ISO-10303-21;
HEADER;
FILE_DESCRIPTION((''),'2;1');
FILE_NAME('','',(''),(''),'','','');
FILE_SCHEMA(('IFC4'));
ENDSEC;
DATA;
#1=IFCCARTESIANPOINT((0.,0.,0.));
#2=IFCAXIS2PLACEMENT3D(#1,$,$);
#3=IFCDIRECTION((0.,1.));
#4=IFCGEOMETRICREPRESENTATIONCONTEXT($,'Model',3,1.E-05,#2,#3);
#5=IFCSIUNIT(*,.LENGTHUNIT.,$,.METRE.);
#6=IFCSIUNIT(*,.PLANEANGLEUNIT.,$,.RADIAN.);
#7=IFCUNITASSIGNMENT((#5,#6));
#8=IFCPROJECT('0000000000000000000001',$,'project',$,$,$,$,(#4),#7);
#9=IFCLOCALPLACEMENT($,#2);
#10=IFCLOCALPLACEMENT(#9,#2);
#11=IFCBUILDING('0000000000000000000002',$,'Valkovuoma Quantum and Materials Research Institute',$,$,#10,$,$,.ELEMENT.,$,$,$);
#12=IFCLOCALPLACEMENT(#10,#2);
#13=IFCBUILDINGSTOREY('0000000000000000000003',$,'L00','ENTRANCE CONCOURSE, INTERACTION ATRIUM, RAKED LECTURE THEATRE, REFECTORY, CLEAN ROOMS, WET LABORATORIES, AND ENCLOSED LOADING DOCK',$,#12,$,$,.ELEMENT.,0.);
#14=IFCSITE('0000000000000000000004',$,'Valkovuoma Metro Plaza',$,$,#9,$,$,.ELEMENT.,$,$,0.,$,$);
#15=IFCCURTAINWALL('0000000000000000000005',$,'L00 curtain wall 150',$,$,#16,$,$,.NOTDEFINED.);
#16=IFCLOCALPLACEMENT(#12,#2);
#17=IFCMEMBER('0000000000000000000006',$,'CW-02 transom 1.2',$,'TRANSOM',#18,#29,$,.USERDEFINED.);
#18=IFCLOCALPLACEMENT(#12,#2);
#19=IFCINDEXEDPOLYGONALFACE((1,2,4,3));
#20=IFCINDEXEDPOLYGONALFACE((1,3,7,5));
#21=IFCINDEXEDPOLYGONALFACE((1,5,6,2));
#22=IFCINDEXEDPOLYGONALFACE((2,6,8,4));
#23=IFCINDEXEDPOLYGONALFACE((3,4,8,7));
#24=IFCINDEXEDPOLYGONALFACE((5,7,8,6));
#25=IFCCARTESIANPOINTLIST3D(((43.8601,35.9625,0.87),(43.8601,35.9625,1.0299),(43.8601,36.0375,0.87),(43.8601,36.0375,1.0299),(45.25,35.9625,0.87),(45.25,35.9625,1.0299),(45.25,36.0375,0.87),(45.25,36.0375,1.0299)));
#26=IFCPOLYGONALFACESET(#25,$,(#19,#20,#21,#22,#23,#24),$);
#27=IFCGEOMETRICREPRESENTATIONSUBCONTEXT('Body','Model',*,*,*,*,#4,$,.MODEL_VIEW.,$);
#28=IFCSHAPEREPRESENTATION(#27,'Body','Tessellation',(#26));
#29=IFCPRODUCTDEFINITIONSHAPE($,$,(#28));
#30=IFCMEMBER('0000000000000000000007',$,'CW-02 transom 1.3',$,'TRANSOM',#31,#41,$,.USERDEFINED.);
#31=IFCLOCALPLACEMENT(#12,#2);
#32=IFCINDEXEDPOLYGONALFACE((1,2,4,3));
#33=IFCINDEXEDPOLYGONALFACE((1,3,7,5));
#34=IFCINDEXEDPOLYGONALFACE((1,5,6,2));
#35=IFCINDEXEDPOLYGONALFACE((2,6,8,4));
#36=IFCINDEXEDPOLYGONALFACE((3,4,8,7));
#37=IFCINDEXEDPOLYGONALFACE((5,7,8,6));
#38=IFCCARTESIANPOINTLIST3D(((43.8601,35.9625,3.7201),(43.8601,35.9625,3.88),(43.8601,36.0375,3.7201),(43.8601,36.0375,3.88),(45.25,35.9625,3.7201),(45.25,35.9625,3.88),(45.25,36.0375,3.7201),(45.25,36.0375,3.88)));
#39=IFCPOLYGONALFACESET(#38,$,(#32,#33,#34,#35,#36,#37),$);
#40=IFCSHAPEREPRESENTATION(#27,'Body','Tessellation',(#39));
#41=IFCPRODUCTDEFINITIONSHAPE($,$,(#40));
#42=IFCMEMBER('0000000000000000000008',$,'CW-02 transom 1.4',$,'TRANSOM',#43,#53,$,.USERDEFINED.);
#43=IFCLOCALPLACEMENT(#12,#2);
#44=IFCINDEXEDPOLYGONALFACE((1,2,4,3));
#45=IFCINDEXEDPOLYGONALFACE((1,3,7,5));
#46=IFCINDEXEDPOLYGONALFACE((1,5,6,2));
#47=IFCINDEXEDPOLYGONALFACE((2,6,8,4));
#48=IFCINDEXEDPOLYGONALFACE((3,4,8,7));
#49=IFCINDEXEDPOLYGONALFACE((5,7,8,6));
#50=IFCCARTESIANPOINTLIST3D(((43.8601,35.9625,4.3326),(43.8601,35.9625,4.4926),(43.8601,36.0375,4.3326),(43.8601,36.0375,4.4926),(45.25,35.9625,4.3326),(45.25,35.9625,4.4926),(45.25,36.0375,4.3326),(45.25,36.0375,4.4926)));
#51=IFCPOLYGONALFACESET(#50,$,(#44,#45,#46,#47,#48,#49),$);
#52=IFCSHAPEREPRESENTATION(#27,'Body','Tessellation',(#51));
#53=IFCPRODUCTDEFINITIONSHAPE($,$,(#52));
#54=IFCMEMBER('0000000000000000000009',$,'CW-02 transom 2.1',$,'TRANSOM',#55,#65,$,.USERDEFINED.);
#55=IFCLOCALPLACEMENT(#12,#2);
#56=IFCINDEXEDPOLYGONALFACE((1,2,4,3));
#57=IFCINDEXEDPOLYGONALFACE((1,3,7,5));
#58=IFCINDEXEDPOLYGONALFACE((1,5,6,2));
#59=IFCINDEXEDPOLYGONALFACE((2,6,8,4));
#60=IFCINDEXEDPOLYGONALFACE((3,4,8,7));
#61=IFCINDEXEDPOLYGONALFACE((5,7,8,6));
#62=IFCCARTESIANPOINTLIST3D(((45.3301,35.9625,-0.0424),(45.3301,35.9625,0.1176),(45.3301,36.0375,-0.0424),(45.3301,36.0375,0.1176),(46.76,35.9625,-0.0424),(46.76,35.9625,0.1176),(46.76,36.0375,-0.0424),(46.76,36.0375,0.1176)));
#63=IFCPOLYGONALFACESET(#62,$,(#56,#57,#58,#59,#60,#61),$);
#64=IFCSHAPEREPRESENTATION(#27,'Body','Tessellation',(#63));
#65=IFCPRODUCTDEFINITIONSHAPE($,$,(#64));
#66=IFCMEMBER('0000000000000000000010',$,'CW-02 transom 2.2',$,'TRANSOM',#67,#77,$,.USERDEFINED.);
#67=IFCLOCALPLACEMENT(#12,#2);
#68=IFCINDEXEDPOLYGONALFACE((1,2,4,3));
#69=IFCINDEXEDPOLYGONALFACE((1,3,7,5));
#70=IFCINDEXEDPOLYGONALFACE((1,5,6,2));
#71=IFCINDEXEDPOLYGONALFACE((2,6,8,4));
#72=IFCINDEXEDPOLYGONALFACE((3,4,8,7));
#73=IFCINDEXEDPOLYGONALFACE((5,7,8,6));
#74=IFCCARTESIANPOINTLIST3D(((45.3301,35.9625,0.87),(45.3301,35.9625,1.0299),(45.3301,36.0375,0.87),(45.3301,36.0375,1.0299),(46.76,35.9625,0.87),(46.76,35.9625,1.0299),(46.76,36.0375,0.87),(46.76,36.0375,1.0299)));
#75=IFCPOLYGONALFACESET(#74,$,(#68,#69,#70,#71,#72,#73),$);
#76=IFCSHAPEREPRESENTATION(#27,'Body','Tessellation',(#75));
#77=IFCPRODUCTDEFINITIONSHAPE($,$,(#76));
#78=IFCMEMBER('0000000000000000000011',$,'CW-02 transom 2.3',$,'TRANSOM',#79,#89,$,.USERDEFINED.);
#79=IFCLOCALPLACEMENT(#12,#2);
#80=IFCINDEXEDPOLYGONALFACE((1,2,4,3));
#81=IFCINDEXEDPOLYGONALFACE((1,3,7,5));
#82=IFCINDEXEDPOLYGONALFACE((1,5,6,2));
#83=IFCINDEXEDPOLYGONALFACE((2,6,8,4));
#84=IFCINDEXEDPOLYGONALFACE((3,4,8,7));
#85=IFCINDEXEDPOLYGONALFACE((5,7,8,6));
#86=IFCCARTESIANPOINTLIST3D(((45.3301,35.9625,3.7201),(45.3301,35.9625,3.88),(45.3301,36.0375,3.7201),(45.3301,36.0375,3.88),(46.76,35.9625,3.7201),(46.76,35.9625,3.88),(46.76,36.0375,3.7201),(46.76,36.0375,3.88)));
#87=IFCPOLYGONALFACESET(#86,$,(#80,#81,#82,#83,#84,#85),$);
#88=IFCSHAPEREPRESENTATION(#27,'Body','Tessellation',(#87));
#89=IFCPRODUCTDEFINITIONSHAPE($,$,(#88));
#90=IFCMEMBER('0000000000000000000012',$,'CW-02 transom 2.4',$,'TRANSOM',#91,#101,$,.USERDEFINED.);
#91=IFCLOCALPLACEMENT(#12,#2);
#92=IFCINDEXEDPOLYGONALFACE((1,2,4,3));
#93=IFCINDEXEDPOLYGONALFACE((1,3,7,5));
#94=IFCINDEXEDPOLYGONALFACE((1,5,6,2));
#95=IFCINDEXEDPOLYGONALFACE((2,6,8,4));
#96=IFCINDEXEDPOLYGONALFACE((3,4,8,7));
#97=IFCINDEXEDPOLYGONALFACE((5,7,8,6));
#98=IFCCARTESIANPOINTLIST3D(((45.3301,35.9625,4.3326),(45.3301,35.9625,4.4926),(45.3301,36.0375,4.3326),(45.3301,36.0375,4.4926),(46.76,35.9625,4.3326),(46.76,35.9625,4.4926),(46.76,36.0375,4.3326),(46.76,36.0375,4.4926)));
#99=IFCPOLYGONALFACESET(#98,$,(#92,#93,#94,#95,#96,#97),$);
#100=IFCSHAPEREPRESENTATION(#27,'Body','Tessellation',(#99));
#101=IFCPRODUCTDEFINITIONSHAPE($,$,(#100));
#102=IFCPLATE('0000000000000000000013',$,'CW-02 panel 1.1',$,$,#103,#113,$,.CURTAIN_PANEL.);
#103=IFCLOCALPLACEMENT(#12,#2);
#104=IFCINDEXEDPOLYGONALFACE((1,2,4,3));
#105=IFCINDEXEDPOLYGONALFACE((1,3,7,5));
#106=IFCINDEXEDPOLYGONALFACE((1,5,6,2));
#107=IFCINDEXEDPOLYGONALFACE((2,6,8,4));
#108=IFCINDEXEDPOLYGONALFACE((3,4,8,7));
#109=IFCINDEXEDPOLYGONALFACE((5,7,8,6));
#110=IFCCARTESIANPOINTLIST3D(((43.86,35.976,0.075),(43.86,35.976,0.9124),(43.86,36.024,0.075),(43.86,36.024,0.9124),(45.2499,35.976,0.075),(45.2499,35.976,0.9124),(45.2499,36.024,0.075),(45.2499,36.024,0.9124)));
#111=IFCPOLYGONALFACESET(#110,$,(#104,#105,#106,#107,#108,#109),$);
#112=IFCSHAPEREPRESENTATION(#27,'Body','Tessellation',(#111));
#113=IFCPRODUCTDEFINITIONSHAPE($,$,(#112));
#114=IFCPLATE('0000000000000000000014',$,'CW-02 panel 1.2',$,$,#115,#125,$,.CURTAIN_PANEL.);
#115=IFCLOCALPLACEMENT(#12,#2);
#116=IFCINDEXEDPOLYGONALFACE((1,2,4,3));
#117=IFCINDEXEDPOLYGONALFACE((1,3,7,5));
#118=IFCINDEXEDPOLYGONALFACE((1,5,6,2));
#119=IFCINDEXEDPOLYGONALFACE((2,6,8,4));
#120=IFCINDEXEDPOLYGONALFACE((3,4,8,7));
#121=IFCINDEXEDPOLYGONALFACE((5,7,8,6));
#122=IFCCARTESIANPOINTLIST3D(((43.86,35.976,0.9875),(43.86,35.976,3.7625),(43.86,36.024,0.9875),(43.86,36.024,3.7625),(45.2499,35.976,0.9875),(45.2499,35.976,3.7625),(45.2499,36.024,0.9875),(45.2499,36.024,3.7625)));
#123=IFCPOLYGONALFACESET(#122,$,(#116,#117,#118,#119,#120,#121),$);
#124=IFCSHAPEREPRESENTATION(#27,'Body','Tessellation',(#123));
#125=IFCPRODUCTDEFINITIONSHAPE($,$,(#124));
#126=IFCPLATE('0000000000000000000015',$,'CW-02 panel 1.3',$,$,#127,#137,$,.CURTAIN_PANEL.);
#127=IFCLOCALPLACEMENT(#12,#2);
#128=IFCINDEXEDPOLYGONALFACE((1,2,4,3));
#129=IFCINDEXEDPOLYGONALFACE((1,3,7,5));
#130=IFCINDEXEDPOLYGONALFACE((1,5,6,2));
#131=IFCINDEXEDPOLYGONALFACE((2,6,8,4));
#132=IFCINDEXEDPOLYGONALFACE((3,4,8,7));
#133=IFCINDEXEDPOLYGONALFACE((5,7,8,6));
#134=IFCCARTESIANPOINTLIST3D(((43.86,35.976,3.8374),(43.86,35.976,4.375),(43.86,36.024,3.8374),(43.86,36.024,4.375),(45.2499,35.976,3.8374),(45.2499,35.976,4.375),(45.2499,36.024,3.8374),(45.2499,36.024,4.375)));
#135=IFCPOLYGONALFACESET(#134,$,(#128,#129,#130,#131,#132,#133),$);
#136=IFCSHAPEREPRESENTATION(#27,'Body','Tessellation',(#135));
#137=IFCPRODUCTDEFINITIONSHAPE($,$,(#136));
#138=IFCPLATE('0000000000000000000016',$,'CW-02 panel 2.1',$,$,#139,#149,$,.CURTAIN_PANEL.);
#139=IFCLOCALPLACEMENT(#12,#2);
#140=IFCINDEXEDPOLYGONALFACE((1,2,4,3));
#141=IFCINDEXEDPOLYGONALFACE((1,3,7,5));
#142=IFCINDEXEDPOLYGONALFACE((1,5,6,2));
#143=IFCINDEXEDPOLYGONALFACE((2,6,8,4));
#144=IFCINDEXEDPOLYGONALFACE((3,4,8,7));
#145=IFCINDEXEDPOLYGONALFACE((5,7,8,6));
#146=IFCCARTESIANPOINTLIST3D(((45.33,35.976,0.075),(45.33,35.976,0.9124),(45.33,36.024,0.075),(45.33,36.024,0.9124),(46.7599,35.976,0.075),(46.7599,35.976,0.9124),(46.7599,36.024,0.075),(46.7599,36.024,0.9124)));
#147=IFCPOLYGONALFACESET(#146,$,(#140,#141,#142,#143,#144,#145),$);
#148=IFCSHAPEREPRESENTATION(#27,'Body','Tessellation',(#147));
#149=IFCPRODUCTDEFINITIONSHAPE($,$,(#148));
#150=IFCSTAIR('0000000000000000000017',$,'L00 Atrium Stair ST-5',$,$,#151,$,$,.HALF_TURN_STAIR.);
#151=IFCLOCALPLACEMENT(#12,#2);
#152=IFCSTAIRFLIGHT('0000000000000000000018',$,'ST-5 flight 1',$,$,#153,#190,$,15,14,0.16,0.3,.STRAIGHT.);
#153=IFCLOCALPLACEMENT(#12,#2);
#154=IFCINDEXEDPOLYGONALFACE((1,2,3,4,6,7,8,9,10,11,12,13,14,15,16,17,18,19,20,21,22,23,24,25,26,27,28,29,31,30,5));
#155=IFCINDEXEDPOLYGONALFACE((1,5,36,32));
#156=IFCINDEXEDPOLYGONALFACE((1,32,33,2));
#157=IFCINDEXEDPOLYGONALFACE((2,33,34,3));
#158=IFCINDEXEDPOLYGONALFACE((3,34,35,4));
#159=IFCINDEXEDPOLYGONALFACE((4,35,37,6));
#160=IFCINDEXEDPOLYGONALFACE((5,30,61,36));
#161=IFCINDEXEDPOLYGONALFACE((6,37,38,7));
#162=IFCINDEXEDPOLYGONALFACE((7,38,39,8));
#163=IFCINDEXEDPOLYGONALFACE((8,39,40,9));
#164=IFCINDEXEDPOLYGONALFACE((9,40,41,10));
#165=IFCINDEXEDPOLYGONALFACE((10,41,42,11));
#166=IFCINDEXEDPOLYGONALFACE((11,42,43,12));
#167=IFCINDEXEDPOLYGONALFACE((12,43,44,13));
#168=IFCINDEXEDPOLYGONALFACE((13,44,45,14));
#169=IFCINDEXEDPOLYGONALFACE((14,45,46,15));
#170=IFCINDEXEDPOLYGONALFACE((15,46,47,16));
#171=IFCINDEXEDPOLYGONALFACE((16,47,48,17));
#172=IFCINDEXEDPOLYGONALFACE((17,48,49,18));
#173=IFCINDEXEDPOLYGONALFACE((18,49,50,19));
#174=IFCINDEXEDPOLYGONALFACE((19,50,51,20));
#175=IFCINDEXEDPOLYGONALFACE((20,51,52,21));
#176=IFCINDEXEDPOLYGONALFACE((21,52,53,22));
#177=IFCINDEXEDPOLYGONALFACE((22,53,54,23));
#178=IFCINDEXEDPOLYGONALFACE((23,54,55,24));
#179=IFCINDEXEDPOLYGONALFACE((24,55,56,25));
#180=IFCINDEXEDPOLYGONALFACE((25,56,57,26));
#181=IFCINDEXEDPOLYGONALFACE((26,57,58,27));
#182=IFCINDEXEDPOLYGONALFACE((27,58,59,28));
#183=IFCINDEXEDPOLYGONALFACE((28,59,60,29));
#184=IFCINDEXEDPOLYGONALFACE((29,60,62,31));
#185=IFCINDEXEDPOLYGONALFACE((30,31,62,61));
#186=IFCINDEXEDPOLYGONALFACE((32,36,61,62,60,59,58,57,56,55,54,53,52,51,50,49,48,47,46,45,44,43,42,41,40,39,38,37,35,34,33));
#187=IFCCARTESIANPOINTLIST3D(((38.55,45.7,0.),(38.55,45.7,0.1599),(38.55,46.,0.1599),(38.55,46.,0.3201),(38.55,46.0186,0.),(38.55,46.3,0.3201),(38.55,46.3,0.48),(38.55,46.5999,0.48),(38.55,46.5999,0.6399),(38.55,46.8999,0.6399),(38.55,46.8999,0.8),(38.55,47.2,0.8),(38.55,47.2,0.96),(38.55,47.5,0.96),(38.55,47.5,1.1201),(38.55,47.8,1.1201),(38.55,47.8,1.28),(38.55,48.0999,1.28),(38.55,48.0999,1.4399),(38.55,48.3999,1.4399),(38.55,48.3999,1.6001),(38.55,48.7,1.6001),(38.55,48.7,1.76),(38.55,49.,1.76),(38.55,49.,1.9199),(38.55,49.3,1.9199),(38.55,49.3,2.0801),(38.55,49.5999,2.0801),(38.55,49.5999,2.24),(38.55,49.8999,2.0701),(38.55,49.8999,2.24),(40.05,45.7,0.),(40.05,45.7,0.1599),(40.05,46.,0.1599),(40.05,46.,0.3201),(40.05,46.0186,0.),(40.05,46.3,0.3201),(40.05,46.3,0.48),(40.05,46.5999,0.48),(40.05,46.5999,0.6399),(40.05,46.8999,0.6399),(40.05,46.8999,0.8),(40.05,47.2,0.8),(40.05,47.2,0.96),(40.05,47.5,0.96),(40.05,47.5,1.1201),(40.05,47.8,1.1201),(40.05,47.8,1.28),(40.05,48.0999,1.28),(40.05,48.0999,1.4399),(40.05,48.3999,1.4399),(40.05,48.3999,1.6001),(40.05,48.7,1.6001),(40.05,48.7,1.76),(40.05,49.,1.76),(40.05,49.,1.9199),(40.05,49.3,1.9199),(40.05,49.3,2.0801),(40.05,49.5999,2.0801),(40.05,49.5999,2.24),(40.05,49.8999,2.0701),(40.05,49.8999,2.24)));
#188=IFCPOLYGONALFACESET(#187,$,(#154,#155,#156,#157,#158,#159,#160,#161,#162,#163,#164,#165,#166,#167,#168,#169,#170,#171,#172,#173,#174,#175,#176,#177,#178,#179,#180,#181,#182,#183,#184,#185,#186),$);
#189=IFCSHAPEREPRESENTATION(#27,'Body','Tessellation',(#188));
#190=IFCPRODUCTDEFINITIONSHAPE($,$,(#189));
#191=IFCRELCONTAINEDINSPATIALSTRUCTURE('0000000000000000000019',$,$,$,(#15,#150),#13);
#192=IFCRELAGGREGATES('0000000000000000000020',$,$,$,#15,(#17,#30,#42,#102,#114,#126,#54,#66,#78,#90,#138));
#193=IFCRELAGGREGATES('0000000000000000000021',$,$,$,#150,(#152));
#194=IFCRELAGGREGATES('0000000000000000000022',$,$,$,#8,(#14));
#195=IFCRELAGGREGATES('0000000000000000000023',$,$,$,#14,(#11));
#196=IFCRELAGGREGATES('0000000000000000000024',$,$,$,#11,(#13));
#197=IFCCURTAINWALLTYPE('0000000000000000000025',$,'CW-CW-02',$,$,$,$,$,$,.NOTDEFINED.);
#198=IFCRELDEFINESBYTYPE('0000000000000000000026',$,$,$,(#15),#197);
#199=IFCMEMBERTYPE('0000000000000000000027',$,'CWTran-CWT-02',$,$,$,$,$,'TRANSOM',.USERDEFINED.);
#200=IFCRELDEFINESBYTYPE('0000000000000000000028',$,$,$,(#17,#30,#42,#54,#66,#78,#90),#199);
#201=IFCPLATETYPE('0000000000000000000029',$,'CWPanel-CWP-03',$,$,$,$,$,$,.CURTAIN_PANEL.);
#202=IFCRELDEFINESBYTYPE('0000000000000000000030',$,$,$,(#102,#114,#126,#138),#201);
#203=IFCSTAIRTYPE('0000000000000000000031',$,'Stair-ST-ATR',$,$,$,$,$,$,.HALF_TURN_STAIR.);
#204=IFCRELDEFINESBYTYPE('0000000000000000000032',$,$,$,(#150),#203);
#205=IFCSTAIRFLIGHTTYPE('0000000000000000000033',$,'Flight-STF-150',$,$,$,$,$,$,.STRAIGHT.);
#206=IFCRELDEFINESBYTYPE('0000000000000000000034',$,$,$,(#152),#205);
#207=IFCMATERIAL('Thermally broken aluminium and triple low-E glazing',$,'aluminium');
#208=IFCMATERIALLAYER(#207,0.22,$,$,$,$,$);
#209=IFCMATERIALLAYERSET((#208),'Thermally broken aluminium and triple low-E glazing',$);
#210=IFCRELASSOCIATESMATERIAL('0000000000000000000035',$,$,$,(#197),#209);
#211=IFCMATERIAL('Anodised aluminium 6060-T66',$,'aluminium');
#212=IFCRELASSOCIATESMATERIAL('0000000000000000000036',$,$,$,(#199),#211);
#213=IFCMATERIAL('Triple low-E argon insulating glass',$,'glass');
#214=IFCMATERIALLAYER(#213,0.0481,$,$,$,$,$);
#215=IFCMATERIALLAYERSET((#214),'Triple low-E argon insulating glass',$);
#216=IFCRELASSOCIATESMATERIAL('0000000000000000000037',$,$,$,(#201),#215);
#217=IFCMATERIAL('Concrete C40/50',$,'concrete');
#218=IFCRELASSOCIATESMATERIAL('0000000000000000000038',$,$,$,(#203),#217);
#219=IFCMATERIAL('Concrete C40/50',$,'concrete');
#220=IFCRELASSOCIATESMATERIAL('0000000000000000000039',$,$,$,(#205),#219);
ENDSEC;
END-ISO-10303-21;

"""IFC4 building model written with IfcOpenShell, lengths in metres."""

from ifc_helpers import new_model, si_unit, direction, frame, origin, origin_2d, place, context, subcontext, project, spatial, polyline, rectangle, outline, extrude, material, layer, layer_set, material_profile, profile_set, type_object, element, aggregate, save


model = new_model("IFC4")

# Units and contexts
model_context = context("Model", 3, precision=1e-05, world=origin(), true_north=direction((0.0, 1.0)))
body_context = subcontext(model_context, "Body", "Model", "MODEL_VIEW")
ifc_project = project(units=[si_unit("LENGTHUNIT", "METRE"), si_unit("PLANEANGLEUNIT", "RADIAN")], contexts=[model_context])

# Site, building, storey
site_placement = place(None, origin())
site = spatial("IfcSite", under=ifc_project, at=site_placement, Name="Valkovuoma Metro Plaza", CompositionType="ELEMENT", RefElevation=0.0)
building_placement = place(site_placement, origin())
building = spatial("IfcBuilding", under=site, at=building_placement, Name="Valkovuoma Quantum and Materials Research Institute", CompositionType="ELEMENT")
storey_placement = place(building_placement, origin())
storey = spatial("IfcBuildingStorey", under=building, at=storey_placement, Name="L00", Description="ENTRANCE CONCOURSE, INTERACTION ATRIUM, RAKED LECTURE THEATRE, REFECTORY, CLEAN ROOMS, WET LABORATORIES, AND ENCLOSED LOADING DOCK", CompositionType="ELEMENT", Elevation=0.0)

# Curtain wall, members, plates
ifc_material_1 = material(Name="Thermally broken aluminium and triple low-E glazing", Category="aluminium")
ifc_layer_1 = layer(ifc_material_1, 0.22)
ifc_layer_set_1 = layer_set([ifc_layer_1], Name="Thermally broken aluminium and triple low-E glazing")
curtain_wall_type = type_object("IfcCurtainWallType", Name="CW-CW-02", PredefinedType="NOTDEFINED", material=ifc_layer_set_1)
curtain_wall_placement = place(storey_placement, origin())
curtain_wall = element("IfcCurtainWall", 1, at=curtain_wall_placement, inside=storey, type_object=curtain_wall_type, Name="L00 curtain wall 150", PredefinedType="NOTDEFINED")
ifc_material_2 = material(Name="Anodised aluminium 6060-T66", Category="aluminium")
ifc_material_profile_1 = material_profile(ifc_material_2, rectangle(XDim=0.075, YDim=0.1599, at=origin_2d()), Name="Anodised aluminium 6060-T66")
ifc_profile_set_1 = profile_set([ifc_material_profile_1], Name="Anodised aluminium 6060-T66")
member_type_1 = type_object("IfcMemberType", Name="CWTran-CWT-02", ElementType="TRANSOM", PredefinedType="USERDEFINED", material=ifc_profile_set_1)
member_1_placement = place(storey_placement, frame((43.8601, 36.0, 0.95), z_axis=(1.0, 0.0, 0.0), x_axis=(0.0, 1.0, 0.0)))
member_1 = element("IfcMember", 2, at=member_1_placement, type_object=member_type_1, Name="CW-02 transom 1.2", ObjectType="TRANSOM", PredefinedType="USERDEFINED", context=body_context, shape_type="SweptSolid", body=[
    extrude(rectangle(XDim=0.075, YDim=0.1599, at=origin_2d()), origin(), (0.0, 0.0, 1.0), 1.3899),
])
member_2_placement = place(storey_placement, frame((43.8601, 36.0, 3.8), z_axis=(1.0, 0.0, 0.0), x_axis=(0.0, 1.0, 0.0)))
member_2 = element("IfcMember", 3, at=member_2_placement, type_object=member_type_1, Name="CW-02 transom 1.3", ObjectType="TRANSOM", PredefinedType="USERDEFINED", context=body_context, shape_type="SweptSolid", body=[
    extrude(rectangle(XDim=0.075, YDim=0.1599, at=origin_2d()), origin(), (0.0, 0.0, 1.0), 1.3899),
])
member_3_placement = place(storey_placement, frame((43.8601, 36.0, 4.4126), z_axis=(1.0, 0.0, 0.0), x_axis=(0.0, 1.0, 0.0)))
member_3 = element("IfcMember", 4, at=member_3_placement, type_object=member_type_1, Name="CW-02 transom 1.4", ObjectType="TRANSOM", PredefinedType="USERDEFINED", context=body_context, shape_type="SweptSolid", body=[
    extrude(rectangle(XDim=0.075, YDim=0.1599, at=origin_2d()), origin(), (0.0, 0.0, 1.0), 1.3899),
])
member_4_placement = place(storey_placement, frame((45.3301, 36.0, 0.0376), z_axis=(1.0, 0.0, 0.0), x_axis=(0.0, 1.0, 0.0)))
member_4 = element("IfcMember", 5, at=member_4_placement, type_object=member_type_1, Name="CW-02 transom 2.1", ObjectType="TRANSOM", PredefinedType="USERDEFINED", context=body_context, shape_type="SweptSolid", body=[
    extrude(rectangle(XDim=0.075, YDim=0.1599, at=origin_2d()), origin(), (0.0, 0.0, 1.0), 1.4299),
])
member_5_placement = place(storey_placement, frame((45.3301, 36.0, 0.95), z_axis=(1.0, 0.0, 0.0), x_axis=(0.0, 1.0, 0.0)))
member_5 = element("IfcMember", 6, at=member_5_placement, type_object=member_type_1, Name="CW-02 transom 2.2", ObjectType="TRANSOM", PredefinedType="USERDEFINED", context=body_context, shape_type="SweptSolid", body=[
    extrude(rectangle(XDim=0.075, YDim=0.1599, at=origin_2d()), origin(), (0.0, 0.0, 1.0), 1.4299),
])
member_6_placement = place(storey_placement, frame((45.3301, 36.0, 3.8), z_axis=(1.0, 0.0, 0.0), x_axis=(0.0, 1.0, 0.0)))
member_6 = element("IfcMember", 7, at=member_6_placement, type_object=member_type_1, Name="CW-02 transom 2.3", ObjectType="TRANSOM", PredefinedType="USERDEFINED", context=body_context, shape_type="SweptSolid", body=[
    extrude(rectangle(XDim=0.075, YDim=0.1599, at=origin_2d()), origin(), (0.0, 0.0, 1.0), 1.4299),
])
member_7_placement = place(storey_placement, frame((45.3301, 36.0, 4.4126), z_axis=(1.0, 0.0, 0.0), x_axis=(0.0, 1.0, 0.0)))
member_7 = element("IfcMember", 8, at=member_7_placement, type_object=member_type_1, Name="CW-02 transom 2.4", ObjectType="TRANSOM", PredefinedType="USERDEFINED", context=body_context, shape_type="SweptSolid", body=[
    extrude(rectangle(XDim=0.075, YDim=0.1599, at=origin_2d()), origin(), (0.0, 0.0, 1.0), 1.4299),
])
ifc_material_3 = material(Name="Triple low-E argon insulating glass", Category="glass")
ifc_layer_2 = layer(ifc_material_3, 0.0481)
ifc_layer_set_2 = layer_set([ifc_layer_2], Name="Triple low-E argon insulating glass")
plate_type = type_object("IfcPlateType", Name="CWPanel-CWP-03", PredefinedType="CURTAIN_PANEL", material=ifc_layer_set_2)
plate_1_placement = place(storey_placement, frame((44.5549, 36.0, 0.075), z_axis=(0.0, 0.0, 1.0), x_axis=(1.0, 0.0, 0.0)))
plate_1 = element("IfcPlate", 9, at=plate_1_placement, type_object=plate_type, Name="CW-02 panel 1.1", PredefinedType="CURTAIN_PANEL", context=body_context, shape_type="SweptSolid", body=[
    extrude(rectangle(XDim=1.3899, YDim=0.0481, at=origin_2d()), origin(), (0.0, 0.0, 1.0), 0.8374),
])
plate_2_placement = place(storey_placement, frame((44.5549, 36.0, 0.9875), z_axis=(0.0, 0.0, 1.0), x_axis=(1.0, 0.0, 0.0)))
plate_2 = element("IfcPlate", 10, at=plate_2_placement, type_object=plate_type, Name="CW-02 panel 1.2", PredefinedType="CURTAIN_PANEL", context=body_context, shape_type="SweptSolid", body=[
    extrude(rectangle(XDim=1.3899, YDim=0.0481, at=origin_2d()), origin(), (0.0, 0.0, 1.0), 2.7749),
])
plate_3_placement = place(storey_placement, frame((44.5549, 36.0, 3.8374), z_axis=(0.0, 0.0, 1.0), x_axis=(1.0, 0.0, 0.0)))
plate_3 = element("IfcPlate", 11, at=plate_3_placement, type_object=plate_type, Name="CW-02 panel 1.3", PredefinedType="CURTAIN_PANEL", context=body_context, shape_type="SweptSolid", body=[
    extrude(rectangle(XDim=1.3899, YDim=0.0481, at=origin_2d()), origin(), (0.0, 0.0, 1.0), 0.5376),
])
plate_4_placement = place(storey_placement, frame((46.0449, 36.0, 0.075), z_axis=(0.0, 0.0, 1.0), x_axis=(1.0, 0.0, 0.0)))
plate_4 = element("IfcPlate", 12, at=plate_4_placement, type_object=plate_type, Name="CW-02 panel 2.1", PredefinedType="CURTAIN_PANEL", context=body_context, shape_type="SweptSolid", body=[
    extrude(rectangle(XDim=1.4299, YDim=0.0481, at=origin_2d()), origin(), (0.0, 0.0, 1.0), 0.8374),
])
aggregate(curtain_wall, [member_1, member_2, member_3, plate_1, plate_2, plate_3, member_4, member_5, member_6, member_7, plate_4])

# Stair, stair flight
ifc_material_4 = material(Name="Concrete C40/50", Category="concrete")
stair_type = type_object("IfcStairType", Name="Stair-ST-ATR", PredefinedType="HALF_TURN_STAIR", material=ifc_material_4)
stair_placement = place(storey_placement, origin())
stair = element("IfcStair", 13, at=stair_placement, inside=storey, type_object=stair_type, Name="L00 Atrium Stair ST-5", PredefinedType="HALF_TURN_STAIR")
ifc_material_5 = material(Name="Concrete C40/50", Category="concrete")
stair_flight_type = type_object("IfcStairFlightType", Name="Flight-STF-150", PredefinedType="STRAIGHT", material=ifc_material_5)
stair_flight_placement = place(storey_placement, frame((39.3, 45.7, 0.0), z_axis=(0.0, 0.0, 1.0), x_axis=(0.0, 1.0, 0.0)))
stair_flight = element("IfcStairFlight", 14, at=stair_flight_placement, type_object=stair_flight_type, Name="ST-5 flight 1", NumberOfRisers=15, NumberOfTreads=14, PredefinedType="STRAIGHT", RiserHeight=0.16, TreadLength=0.3, context=body_context, shape_type="SweptSolid", body=[
    extrude(outline(polyline([(0.0, 0.0), (0.0, 0.1599), (0.3, 0.1599), (0.3, 0.3201), (0.6001, 0.3201), (0.6001, 0.48), (0.8999, 0.48), (0.8999, 0.6399), (1.2, 0.6399), (1.2, 0.8), (1.5, 0.8), (1.5, 0.96), (1.8, 0.96), (1.8, 1.1201), (2.1001, 1.1201), (2.1001, 1.28), (2.3999, 1.28), (2.3999, 1.4399), (2.7, 1.4399), (2.7, 1.6001), (3.0, 1.6001), (3.0, 1.76), (3.3, 1.76), (3.3, 1.9199), (3.6001, 1.9199), (3.6001, 2.0801), (3.8999, 2.0801), (3.8999, 2.24), (4.2, 2.24), (4.2, 2.3999), (4.2, 2.0701), (0.3186, 0.0), (0.0, 0.0)])), frame((0.0, 0.75, 0.0), z_axis=(0.0, -1.0, 0.0), x_axis=(1.0, 0.0, 0.0)), (0.0, 0.0, 1.0), 1.5),
])
aggregate(stair, [stair_flight])

save(model, "model.ifc")
